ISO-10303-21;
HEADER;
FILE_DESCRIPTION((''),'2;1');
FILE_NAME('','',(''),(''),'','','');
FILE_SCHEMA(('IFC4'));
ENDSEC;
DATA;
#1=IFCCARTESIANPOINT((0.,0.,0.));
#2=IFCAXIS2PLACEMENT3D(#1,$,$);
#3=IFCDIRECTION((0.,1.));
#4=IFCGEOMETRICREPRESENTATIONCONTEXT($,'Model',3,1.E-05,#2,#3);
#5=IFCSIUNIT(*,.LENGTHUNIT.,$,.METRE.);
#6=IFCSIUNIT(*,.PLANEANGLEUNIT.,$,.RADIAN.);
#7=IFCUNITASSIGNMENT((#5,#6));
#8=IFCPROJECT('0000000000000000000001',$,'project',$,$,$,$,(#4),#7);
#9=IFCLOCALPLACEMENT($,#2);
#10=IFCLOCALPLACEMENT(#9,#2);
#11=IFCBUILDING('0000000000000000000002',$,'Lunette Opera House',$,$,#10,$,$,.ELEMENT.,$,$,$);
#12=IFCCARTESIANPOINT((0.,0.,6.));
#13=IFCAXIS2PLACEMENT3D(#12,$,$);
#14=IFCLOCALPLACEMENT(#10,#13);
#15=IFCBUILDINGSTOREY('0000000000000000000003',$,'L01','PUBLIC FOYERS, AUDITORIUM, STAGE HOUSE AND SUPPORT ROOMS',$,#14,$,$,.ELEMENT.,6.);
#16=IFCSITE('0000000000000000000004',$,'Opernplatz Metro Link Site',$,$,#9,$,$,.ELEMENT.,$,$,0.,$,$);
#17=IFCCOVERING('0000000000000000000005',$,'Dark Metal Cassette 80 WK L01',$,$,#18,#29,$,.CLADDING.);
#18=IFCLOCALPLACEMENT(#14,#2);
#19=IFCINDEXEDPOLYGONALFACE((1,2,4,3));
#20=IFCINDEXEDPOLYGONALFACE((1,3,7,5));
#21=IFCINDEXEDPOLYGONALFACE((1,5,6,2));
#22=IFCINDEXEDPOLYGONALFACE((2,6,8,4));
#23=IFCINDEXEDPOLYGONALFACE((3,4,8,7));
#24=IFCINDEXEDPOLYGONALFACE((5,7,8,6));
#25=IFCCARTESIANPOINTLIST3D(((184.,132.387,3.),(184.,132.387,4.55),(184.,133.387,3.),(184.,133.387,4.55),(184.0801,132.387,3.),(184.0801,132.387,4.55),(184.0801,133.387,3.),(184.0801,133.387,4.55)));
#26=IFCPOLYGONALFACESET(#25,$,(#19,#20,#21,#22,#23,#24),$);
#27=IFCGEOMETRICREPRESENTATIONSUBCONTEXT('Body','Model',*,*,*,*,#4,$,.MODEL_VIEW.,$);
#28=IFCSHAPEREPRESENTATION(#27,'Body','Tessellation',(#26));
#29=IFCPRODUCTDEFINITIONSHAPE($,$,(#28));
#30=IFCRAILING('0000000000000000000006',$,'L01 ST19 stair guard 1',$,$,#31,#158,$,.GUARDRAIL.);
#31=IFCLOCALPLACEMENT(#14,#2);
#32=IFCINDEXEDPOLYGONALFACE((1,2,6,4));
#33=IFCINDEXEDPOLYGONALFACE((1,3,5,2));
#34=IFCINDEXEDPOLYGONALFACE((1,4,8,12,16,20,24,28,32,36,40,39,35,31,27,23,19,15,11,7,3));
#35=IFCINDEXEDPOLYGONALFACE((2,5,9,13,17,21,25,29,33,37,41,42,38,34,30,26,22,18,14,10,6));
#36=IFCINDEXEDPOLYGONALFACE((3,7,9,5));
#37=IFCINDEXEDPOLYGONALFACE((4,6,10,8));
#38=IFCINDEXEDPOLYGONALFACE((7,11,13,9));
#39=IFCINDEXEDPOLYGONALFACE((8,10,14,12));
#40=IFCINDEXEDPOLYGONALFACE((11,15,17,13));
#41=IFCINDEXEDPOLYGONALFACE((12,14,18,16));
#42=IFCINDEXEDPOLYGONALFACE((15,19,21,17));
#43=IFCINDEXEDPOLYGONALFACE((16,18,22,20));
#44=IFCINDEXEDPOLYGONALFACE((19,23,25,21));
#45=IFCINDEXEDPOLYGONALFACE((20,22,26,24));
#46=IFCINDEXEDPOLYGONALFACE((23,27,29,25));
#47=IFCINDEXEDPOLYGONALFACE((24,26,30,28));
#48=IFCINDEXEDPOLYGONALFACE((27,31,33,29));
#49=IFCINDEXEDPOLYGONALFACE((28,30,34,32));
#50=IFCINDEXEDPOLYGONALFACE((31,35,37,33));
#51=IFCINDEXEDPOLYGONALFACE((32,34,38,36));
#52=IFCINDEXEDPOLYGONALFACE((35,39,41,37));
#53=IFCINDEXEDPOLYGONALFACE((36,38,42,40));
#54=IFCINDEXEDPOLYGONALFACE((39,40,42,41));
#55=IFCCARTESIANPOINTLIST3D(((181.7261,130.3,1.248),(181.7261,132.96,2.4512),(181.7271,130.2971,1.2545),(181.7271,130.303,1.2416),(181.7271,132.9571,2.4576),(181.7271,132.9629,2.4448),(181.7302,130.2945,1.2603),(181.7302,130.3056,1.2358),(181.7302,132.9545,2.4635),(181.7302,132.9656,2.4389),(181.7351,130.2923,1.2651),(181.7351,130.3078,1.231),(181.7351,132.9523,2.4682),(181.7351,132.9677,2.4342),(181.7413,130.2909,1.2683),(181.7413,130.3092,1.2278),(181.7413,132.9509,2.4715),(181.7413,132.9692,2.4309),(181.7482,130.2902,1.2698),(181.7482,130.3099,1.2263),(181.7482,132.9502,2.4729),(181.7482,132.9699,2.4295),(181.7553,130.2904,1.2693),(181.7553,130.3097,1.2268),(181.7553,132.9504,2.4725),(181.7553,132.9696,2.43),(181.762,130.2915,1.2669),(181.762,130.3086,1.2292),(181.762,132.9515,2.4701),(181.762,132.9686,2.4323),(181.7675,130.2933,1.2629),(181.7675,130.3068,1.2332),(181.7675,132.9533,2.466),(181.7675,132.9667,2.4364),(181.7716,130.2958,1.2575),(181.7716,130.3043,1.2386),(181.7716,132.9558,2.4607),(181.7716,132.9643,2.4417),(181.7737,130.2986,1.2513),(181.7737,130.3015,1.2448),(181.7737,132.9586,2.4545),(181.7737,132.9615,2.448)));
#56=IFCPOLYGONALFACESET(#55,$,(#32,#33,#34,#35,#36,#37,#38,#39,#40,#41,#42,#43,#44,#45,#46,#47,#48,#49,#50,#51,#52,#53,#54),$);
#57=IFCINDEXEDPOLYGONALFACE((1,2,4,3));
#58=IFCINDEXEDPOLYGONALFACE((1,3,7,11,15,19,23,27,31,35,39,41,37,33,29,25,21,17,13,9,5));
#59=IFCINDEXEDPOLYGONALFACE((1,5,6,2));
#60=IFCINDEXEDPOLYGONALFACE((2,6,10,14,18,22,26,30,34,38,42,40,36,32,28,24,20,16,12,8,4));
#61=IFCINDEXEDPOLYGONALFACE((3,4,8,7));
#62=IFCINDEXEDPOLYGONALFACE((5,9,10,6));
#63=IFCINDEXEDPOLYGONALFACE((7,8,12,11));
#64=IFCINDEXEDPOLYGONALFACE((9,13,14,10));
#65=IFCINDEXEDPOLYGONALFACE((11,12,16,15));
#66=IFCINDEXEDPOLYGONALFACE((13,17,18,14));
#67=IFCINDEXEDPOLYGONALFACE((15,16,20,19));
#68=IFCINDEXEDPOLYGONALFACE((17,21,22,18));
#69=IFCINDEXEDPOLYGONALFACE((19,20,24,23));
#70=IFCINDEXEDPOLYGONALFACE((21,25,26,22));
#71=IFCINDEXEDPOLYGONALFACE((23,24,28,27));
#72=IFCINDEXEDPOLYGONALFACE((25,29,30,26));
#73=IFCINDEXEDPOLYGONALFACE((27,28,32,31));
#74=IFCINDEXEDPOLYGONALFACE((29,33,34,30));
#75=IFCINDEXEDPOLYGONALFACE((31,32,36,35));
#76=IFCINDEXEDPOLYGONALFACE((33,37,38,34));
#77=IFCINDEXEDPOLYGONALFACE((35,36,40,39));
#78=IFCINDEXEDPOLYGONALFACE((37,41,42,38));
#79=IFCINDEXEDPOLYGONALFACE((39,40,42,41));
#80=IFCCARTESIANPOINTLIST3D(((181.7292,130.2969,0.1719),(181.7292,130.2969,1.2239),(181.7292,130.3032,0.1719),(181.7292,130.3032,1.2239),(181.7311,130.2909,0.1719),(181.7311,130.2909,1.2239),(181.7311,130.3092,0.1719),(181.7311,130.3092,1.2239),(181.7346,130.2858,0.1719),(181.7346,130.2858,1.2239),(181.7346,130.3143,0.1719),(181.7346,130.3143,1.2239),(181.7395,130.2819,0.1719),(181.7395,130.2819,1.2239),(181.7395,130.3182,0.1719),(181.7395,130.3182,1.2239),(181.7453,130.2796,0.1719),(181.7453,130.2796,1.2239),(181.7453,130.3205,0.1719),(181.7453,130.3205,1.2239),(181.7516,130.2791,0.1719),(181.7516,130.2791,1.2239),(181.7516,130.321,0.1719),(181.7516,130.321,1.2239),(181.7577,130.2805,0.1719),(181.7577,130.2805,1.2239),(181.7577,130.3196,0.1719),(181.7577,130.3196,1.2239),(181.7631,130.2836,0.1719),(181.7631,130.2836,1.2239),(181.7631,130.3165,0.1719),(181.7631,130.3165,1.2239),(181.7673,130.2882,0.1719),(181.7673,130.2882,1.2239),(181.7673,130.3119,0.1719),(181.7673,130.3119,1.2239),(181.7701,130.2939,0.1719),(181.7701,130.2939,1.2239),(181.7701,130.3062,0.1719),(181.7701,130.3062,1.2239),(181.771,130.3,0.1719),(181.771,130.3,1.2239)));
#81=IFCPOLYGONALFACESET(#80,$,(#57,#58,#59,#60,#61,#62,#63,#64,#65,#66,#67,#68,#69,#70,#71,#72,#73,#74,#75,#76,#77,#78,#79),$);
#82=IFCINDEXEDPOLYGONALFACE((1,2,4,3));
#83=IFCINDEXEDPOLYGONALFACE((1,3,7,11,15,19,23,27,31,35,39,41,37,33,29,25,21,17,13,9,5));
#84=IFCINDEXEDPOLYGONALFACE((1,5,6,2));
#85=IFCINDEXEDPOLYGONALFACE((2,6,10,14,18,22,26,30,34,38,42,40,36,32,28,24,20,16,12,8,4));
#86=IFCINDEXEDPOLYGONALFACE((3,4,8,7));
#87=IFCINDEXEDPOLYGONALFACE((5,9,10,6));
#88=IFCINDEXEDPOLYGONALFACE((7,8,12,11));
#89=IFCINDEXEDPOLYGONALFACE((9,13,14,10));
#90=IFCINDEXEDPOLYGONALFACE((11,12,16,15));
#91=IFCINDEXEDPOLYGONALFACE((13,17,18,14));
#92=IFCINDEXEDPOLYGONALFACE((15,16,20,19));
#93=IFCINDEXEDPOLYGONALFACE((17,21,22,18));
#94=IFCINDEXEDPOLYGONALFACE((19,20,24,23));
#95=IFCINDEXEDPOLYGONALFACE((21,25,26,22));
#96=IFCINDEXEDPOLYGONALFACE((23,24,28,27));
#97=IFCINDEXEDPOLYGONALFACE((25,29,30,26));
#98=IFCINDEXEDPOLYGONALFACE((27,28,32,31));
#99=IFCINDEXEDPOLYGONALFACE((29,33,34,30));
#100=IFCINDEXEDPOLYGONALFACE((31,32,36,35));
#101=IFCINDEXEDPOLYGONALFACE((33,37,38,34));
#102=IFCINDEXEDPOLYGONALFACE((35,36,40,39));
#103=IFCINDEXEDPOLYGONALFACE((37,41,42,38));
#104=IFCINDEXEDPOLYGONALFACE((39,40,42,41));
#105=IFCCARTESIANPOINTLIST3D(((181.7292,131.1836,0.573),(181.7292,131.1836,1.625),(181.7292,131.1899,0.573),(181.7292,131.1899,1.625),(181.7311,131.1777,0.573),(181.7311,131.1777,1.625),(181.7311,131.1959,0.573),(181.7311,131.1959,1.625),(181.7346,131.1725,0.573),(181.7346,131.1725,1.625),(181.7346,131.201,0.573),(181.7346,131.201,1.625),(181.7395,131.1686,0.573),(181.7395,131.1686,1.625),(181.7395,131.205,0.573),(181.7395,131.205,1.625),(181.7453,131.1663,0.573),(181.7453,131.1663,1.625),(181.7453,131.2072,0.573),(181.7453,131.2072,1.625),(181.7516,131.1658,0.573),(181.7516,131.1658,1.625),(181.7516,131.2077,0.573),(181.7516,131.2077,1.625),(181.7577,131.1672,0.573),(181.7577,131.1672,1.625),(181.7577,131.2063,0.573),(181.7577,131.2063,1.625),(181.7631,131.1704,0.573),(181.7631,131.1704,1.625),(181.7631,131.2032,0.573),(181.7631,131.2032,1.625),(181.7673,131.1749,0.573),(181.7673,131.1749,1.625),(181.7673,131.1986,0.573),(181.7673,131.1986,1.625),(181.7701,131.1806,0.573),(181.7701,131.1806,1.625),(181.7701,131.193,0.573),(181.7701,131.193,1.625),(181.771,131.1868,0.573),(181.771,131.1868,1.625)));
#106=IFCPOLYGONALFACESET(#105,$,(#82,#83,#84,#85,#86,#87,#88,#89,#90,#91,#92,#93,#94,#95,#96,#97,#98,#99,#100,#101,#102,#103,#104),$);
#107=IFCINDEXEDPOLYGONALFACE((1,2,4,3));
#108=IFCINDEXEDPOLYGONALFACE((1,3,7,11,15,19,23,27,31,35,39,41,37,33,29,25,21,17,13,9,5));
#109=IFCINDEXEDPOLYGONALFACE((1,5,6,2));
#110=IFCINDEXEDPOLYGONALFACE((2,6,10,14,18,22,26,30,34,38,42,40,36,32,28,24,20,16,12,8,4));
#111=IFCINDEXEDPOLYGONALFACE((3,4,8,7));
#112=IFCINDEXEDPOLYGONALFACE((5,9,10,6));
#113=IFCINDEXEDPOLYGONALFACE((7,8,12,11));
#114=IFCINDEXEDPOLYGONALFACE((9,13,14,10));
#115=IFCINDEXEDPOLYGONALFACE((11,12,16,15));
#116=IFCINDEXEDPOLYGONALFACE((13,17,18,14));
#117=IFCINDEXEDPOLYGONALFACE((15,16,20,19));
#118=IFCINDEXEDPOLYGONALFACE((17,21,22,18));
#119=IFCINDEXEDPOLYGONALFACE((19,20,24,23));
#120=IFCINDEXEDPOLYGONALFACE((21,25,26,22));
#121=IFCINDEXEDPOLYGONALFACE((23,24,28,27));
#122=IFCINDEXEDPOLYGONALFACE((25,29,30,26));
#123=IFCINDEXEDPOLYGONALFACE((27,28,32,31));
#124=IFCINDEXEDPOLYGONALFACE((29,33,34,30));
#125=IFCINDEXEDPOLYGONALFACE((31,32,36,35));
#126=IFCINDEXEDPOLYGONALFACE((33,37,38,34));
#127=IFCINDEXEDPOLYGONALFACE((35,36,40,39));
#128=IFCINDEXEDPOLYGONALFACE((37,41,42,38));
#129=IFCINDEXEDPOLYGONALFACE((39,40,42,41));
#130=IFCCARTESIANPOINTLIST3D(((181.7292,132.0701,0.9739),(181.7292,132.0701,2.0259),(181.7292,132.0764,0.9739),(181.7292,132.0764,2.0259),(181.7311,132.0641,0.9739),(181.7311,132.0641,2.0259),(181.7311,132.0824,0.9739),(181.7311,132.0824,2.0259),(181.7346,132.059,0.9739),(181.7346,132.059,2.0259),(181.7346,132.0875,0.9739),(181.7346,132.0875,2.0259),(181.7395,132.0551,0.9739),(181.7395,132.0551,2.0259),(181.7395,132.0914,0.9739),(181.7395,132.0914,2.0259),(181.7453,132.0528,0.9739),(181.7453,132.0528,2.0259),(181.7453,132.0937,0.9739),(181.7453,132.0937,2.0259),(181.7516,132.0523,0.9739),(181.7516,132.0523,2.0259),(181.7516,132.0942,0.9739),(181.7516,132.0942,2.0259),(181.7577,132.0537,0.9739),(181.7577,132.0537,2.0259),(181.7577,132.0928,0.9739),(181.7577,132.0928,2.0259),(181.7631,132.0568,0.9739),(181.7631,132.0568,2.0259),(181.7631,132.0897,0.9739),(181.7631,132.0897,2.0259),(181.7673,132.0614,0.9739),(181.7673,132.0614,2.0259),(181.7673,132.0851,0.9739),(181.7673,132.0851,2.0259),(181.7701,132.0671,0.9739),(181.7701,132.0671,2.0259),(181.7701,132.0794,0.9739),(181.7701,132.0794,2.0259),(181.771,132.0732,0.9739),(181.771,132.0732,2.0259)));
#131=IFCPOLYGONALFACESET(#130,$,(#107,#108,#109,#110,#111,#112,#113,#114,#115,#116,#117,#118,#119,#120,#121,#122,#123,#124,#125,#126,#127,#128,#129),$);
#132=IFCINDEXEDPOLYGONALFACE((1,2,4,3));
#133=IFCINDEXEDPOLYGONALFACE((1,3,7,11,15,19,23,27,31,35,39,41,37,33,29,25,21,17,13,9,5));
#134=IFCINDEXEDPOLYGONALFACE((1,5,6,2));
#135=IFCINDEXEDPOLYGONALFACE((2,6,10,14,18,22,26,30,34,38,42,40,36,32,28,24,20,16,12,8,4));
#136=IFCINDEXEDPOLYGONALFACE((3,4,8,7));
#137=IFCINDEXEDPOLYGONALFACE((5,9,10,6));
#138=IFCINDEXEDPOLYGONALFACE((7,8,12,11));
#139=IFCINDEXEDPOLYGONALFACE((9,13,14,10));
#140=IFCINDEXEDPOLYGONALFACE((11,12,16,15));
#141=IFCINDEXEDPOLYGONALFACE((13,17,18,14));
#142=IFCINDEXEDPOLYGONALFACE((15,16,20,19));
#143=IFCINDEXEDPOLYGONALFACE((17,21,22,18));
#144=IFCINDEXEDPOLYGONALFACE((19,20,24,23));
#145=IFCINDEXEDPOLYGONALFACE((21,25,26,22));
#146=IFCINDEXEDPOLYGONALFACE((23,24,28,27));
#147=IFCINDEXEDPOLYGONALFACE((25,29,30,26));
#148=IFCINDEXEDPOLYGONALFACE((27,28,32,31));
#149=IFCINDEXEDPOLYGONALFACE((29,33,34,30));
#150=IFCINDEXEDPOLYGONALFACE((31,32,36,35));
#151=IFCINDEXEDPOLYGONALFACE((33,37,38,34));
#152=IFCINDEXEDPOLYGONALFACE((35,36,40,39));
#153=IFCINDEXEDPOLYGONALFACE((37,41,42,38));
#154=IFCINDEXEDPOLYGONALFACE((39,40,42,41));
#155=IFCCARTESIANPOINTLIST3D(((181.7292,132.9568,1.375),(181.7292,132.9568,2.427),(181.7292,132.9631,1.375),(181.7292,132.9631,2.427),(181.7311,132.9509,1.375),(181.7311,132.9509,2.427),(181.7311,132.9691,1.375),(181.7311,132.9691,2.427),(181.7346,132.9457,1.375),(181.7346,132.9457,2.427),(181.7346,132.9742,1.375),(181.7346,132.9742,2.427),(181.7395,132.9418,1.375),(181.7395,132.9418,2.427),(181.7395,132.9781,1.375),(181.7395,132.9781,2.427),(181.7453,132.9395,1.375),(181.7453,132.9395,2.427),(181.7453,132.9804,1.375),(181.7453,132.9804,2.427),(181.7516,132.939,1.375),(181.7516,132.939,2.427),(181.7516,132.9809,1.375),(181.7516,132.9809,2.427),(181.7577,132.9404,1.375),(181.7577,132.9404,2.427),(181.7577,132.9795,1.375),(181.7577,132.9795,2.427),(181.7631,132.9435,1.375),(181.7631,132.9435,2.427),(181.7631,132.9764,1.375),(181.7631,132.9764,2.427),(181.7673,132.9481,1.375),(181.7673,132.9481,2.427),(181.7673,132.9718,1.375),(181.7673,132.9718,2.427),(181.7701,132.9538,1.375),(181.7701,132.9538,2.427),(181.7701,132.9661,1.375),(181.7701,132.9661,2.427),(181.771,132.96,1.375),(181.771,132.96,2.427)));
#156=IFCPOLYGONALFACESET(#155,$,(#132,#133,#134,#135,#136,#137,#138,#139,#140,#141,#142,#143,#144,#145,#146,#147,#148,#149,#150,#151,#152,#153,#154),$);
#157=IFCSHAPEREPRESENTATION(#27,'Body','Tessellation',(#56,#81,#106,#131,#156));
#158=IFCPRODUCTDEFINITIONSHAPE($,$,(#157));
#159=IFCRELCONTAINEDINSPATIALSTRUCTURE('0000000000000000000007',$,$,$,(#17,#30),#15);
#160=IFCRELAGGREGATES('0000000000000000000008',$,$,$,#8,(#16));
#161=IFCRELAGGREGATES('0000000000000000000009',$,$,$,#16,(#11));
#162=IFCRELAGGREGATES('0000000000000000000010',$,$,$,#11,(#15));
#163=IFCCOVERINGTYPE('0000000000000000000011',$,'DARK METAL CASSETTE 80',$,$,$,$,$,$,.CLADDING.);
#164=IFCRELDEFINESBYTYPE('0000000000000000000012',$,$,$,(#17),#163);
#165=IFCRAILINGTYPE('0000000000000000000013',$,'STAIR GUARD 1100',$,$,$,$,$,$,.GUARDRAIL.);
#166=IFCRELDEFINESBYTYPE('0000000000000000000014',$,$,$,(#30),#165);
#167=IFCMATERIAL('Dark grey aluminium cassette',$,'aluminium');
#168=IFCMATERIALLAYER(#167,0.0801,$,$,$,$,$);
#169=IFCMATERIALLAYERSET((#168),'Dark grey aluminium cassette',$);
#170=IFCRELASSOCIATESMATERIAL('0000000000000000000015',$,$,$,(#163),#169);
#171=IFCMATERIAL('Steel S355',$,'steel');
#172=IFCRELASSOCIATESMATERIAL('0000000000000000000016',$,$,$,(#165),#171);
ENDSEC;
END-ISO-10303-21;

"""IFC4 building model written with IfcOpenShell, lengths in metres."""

from ifc_helpers import new_model, si_unit, direction, frame, origin, origin_2d, place, context, subcontext, project, spatial, rectangle, circle, extrude, material, layer, layer_set, type_object, element, save


model = new_model("IFC4")

# Units and contexts
model_context = context("Model", 3, precision=1e-05, world=origin(), true_north=direction((0.0, 1.0)))
body_context = subcontext(model_context, "Body", "Model", "MODEL_VIEW")
ifc_project = project(units=[si_unit("LENGTHUNIT", "METRE"), si_unit("PLANEANGLEUNIT", "RADIAN")], contexts=[model_context])

# Site, building, storey
site_placement = place(None, origin())
site = spatial("IfcSite", under=ifc_project, at=site_placement, Name="Opernplatz Metro Link Site", CompositionType="ELEMENT", RefElevation=0.0)
building_placement = place(site_placement, origin())
building = spatial("IfcBuilding", under=site, at=building_placement, Name="Lunette Opera House", CompositionType="ELEMENT")
storey_placement = place(building_placement, frame((0.0, 0.0, 6.0)))
storey = spatial("IfcBuildingStorey", under=building, at=storey_placement, Name="L01", Description="PUBLIC FOYERS, AUDITORIUM, STAGE HOUSE AND SUPPORT ROOMS", CompositionType="ELEMENT", Elevation=6.0)

# Covering
ifc_material_1 = material(Name="Dark grey aluminium cassette", Category="aluminium")
ifc_layer_1 = layer(ifc_material_1, 0.0801)
ifc_layer_set_1 = layer_set([ifc_layer_1], Name="Dark grey aluminium cassette")
covering_type = type_object("IfcCoveringType", Name="DARK METAL CASSETTE 80", PredefinedType="CLADDING", material=ifc_layer_set_1)
covering_1_placement = place(storey_placement, frame((184.04, 132.887, 3.0), z_axis=(0.0, 0.0, 1.0), x_axis=(0.0, 1.0, 0.0)))
element("IfcCovering", 1, at=covering_1_placement, inside=storey, type_object=covering_type, Name="Dark Metal Cassette 80 WK L01", PredefinedType="CLADDING", context=body_context, shape_type="SweptSolid", body=[
    extrude(rectangle(XDim=1.0, YDim=0.0801, at=origin_2d()), origin(), (0.0, 0.0, 1.0), 1.55),
])

# Railing
ifc_material_2 = material(Name="Steel S355", Category="steel")
railing_type_1 = type_object("IfcRailingType", Name="STAIR GUARD 1100", PredefinedType="GUARDRAIL", material=ifc_material_2)
railing_1_placement = place(storey_placement, frame((181.75, 130.3, 0.1719)))
element("IfcRailing", 2, at=railing_1_placement, inside=storey, type_object=railing_type_1, Name="L01 ST19 stair guard 1", PredefinedType="GUARDRAIL", context=body_context, shape_type="SweptSolid", body=[
    extrude(circle(Radius=0.0239, at=origin_2d()), frame((0.0, 0.0, 1.0762), z_axis=(0.0, 0.91113, 0.41212), x_axis=(-1.0, 0.0, 0.0)), (0.0, 0.0, 1.0), 2.9194),
    extrude(circle(Radius=0.021, at=origin_2d()), origin(), (0.0, 0.0, 1.0), 1.052),
    extrude(circle(Radius=0.021, at=origin_2d()), frame((0.0, 0.8867, 0.4011)), (0.0, 0.0, 1.0), 1.052),
    extrude(circle(Radius=0.021, at=origin_2d()), frame((0.0, 1.7732, 0.802)), (0.0, 0.0, 1.0), 1.052),
    extrude(circle(Radius=0.021, at=origin_2d()), frame((0.0, 2.6599, 1.2031)), (0.0, 0.0, 1.0), 1.052),
])

save(model, "model.ifc")
